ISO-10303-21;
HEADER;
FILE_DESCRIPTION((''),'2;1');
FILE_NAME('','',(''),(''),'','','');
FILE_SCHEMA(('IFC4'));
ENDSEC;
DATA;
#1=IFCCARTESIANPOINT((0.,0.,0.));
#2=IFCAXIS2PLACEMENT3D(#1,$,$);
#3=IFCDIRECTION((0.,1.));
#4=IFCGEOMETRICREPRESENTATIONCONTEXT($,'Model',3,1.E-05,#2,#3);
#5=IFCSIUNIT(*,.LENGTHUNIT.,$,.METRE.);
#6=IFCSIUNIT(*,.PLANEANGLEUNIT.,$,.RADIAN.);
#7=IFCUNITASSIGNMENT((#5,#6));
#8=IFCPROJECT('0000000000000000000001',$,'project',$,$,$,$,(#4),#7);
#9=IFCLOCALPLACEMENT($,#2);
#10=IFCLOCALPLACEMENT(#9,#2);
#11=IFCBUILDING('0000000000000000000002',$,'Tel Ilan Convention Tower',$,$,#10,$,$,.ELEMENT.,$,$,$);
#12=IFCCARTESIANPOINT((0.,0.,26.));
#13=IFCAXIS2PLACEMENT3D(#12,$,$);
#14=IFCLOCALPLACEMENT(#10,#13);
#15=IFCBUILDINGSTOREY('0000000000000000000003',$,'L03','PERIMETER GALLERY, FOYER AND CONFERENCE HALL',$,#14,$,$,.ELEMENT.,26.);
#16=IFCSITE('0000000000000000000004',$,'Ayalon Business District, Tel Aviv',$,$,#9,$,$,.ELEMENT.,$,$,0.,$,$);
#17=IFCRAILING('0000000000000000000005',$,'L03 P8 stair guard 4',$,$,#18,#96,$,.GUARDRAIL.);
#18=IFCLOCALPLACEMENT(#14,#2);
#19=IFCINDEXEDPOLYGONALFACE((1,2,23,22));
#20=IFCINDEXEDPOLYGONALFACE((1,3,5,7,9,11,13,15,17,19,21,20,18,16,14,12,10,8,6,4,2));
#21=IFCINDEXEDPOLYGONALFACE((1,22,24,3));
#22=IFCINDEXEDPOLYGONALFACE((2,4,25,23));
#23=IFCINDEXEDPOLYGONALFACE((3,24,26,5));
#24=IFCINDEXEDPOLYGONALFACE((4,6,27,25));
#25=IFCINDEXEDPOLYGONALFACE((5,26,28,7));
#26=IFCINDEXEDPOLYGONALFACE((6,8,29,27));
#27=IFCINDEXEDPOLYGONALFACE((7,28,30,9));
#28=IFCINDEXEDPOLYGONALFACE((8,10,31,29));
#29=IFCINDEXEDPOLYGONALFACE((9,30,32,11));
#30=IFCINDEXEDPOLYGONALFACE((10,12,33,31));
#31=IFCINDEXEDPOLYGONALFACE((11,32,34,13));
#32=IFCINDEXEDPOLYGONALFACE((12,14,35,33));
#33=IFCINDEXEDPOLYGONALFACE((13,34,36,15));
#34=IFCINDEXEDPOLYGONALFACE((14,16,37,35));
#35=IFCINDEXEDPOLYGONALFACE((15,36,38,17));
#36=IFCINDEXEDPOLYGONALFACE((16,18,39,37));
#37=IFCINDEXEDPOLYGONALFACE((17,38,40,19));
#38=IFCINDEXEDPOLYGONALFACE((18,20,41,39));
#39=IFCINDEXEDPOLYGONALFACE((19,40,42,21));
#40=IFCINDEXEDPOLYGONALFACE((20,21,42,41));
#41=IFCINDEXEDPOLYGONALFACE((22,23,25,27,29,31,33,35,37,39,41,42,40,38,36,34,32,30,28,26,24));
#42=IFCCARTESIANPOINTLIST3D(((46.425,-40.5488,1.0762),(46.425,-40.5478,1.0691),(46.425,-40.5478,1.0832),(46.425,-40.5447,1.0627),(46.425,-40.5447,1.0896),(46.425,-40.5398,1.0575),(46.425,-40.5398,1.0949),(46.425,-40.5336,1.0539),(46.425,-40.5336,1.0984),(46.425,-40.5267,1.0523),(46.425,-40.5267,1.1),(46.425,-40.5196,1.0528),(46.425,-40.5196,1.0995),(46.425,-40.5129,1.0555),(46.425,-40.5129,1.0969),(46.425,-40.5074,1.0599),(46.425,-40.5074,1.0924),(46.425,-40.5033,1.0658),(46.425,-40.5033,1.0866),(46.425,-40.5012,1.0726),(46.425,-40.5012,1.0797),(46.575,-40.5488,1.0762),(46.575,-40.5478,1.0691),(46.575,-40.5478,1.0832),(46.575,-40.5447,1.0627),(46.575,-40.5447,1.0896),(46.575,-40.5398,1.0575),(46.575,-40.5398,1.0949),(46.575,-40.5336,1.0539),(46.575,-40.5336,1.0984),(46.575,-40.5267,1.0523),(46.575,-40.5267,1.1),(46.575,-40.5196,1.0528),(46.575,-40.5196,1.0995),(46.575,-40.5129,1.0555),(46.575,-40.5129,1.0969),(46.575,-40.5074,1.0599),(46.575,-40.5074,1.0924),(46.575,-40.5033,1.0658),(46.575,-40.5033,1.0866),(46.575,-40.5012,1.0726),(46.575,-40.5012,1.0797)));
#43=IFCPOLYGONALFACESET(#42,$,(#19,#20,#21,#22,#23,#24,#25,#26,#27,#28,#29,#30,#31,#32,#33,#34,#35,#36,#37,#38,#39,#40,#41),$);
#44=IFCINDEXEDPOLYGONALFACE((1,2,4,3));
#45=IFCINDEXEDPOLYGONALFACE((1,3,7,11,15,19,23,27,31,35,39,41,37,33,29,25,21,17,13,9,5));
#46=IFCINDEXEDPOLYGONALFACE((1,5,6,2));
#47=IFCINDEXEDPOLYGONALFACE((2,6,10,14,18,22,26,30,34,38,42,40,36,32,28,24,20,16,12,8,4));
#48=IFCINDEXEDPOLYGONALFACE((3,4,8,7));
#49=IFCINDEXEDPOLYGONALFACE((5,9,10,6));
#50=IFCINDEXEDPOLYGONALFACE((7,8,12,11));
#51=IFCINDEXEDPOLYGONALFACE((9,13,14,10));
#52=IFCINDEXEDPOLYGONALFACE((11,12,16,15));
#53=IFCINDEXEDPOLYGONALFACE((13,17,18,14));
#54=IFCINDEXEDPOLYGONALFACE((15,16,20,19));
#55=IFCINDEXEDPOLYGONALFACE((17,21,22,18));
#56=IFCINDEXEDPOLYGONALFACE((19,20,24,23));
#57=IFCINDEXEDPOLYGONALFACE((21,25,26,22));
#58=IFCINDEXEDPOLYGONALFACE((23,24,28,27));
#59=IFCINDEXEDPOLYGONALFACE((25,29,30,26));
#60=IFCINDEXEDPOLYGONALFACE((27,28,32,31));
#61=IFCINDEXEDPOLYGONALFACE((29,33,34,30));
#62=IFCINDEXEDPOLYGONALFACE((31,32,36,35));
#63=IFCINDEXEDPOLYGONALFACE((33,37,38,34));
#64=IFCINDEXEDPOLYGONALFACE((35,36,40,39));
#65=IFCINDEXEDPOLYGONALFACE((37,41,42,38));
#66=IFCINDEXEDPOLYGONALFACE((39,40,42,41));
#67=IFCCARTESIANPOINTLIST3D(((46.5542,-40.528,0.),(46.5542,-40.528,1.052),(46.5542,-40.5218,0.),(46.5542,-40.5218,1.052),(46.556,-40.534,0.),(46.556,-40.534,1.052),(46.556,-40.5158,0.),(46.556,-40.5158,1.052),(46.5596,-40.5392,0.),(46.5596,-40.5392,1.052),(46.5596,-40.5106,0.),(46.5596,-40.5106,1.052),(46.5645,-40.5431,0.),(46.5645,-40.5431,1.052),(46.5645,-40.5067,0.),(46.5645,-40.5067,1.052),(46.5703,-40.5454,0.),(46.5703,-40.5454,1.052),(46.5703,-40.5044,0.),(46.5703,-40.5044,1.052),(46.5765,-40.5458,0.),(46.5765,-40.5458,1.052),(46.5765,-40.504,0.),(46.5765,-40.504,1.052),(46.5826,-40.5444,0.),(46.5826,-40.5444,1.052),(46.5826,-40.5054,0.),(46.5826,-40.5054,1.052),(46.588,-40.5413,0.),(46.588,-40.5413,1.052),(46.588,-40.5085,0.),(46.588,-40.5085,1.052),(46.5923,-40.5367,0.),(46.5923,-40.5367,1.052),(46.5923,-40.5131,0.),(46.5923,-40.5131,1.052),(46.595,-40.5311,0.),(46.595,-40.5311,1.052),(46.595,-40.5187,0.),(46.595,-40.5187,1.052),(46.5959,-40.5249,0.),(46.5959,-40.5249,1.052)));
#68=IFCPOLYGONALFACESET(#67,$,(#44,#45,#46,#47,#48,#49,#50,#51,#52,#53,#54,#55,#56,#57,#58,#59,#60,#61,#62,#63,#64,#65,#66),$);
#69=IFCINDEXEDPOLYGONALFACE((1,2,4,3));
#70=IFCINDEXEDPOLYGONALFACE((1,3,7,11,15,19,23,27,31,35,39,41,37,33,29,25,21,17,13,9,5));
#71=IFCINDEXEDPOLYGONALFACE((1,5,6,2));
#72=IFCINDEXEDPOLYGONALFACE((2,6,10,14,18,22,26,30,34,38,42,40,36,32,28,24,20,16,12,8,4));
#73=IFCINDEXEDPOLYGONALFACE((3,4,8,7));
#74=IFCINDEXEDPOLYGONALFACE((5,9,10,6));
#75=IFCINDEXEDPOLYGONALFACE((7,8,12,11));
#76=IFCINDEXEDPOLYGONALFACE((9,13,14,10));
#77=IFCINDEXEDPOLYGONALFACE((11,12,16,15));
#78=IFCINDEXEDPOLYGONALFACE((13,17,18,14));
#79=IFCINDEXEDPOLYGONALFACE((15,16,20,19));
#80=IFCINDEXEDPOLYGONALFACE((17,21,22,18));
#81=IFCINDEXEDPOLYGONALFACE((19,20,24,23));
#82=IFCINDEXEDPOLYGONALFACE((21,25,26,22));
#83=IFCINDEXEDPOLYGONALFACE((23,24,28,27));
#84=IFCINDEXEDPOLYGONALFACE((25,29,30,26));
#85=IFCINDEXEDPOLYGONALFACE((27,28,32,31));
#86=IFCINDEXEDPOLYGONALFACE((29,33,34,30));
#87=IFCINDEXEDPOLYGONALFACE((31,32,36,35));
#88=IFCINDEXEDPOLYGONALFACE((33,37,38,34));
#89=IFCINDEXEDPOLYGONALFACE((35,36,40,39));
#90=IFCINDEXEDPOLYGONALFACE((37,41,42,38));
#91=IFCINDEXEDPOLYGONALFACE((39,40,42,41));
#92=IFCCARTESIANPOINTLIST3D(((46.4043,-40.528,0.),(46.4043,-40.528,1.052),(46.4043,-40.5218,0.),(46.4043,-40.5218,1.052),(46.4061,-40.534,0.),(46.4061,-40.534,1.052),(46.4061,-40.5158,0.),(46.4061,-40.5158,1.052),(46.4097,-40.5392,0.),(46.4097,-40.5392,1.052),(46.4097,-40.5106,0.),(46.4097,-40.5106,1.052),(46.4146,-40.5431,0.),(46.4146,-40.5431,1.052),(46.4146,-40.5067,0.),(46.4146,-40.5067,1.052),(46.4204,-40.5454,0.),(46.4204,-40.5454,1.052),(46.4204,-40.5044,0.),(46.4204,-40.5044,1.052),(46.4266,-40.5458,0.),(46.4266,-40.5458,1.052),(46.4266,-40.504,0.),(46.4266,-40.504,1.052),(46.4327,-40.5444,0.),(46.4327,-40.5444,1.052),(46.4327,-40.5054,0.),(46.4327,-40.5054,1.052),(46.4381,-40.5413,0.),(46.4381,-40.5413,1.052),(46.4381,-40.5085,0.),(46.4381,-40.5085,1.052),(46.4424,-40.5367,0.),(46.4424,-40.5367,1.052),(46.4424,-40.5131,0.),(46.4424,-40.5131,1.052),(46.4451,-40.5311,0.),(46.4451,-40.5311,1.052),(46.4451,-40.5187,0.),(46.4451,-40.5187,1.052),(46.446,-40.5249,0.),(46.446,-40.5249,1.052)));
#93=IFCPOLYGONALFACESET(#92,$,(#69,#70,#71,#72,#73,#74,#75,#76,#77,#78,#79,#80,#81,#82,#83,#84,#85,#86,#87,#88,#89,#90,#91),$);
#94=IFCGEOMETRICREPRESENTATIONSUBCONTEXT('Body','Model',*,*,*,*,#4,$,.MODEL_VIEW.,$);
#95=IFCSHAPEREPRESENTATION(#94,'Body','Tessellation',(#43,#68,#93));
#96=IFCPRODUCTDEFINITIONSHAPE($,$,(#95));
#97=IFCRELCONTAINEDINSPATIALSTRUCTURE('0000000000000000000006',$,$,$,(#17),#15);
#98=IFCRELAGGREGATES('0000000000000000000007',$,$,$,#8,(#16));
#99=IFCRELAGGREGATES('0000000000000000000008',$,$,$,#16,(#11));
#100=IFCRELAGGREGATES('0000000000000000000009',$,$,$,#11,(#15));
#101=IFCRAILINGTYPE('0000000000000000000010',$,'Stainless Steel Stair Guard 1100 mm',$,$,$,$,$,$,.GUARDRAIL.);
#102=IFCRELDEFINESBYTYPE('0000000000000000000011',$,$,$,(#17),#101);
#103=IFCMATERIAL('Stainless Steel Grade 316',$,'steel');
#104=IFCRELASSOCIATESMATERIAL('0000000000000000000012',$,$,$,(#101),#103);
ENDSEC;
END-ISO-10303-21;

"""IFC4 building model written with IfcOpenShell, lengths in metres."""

from ifc_helpers import new_model, si_unit, direction, frame, origin, origin_2d, place, context, subcontext, project, spatial, circle, extrude, material, type_object, element, save


model = new_model("IFC4")

# Units and contexts
model_context = context("Model", 3, precision=1e-05, world=origin(), true_north=direction((0.0, 1.0)))
body_context = subcontext(model_context, "Body", "Model", "MODEL_VIEW")
ifc_project = project(units=[si_unit("LENGTHUNIT", "METRE"), si_unit("PLANEANGLEUNIT", "RADIAN")], contexts=[model_context])

# Site, building, storey
site_placement = place(None, origin())
site = spatial("IfcSite", under=ifc_project, at=site_placement, Name="Ayalon Business District, Tel Aviv", CompositionType="ELEMENT", RefElevation=0.0)
building_placement = place(site_placement, origin())
building = spatial("IfcBuilding", under=site, at=building_placement, Name="Tel Ilan Convention Tower", CompositionType="ELEMENT")
storey_placement = place(building_placement, frame((0.0, 0.0, 26.0)))
storey = spatial("IfcBuildingStorey", under=building, at=storey_placement, Name="L03", Description="PERIMETER GALLERY, FOYER AND CONFERENCE HALL", CompositionType="ELEMENT", Elevation=26.0)

# Railing
ifc_material_1 = material(Name="Stainless Steel Grade 316", Category="steel")
railing_type_1 = type_object("IfcRailingType", Name="Stainless Steel Stair Guard 1100 mm", PredefinedType="GUARDRAIL", material=ifc_material_1)
railing_1_placement = place(storey_placement, frame((46.575, -40.5249, 0.0)))
element("IfcRailing", 1, at=railing_1_placement, inside=storey, type_object=railing_type_1, Name="L03 P8 stair guard 4", PredefinedType="GUARDRAIL", context=body_context, shape_type="SweptSolid", body=[
    extrude(circle(Radius=0.0239, at=origin_2d()), frame((0.0, 0.0, 1.0762), z_axis=(-1.0, 0.0, 0.0), x_axis=(0.0, -1.0, 0.0)), (0.0, 0.0, 1.0), 0.1499),
    extrude(circle(Radius=0.021, at=origin_2d()), origin(), (0.0, 0.0, 1.0), 1.052),
    extrude(circle(Radius=0.021, at=origin_2d()), frame((-0.1499, 0.0, 0.0)), (0.0, 0.0, 1.0), 1.052),
])

save(model, "model.ifc")
